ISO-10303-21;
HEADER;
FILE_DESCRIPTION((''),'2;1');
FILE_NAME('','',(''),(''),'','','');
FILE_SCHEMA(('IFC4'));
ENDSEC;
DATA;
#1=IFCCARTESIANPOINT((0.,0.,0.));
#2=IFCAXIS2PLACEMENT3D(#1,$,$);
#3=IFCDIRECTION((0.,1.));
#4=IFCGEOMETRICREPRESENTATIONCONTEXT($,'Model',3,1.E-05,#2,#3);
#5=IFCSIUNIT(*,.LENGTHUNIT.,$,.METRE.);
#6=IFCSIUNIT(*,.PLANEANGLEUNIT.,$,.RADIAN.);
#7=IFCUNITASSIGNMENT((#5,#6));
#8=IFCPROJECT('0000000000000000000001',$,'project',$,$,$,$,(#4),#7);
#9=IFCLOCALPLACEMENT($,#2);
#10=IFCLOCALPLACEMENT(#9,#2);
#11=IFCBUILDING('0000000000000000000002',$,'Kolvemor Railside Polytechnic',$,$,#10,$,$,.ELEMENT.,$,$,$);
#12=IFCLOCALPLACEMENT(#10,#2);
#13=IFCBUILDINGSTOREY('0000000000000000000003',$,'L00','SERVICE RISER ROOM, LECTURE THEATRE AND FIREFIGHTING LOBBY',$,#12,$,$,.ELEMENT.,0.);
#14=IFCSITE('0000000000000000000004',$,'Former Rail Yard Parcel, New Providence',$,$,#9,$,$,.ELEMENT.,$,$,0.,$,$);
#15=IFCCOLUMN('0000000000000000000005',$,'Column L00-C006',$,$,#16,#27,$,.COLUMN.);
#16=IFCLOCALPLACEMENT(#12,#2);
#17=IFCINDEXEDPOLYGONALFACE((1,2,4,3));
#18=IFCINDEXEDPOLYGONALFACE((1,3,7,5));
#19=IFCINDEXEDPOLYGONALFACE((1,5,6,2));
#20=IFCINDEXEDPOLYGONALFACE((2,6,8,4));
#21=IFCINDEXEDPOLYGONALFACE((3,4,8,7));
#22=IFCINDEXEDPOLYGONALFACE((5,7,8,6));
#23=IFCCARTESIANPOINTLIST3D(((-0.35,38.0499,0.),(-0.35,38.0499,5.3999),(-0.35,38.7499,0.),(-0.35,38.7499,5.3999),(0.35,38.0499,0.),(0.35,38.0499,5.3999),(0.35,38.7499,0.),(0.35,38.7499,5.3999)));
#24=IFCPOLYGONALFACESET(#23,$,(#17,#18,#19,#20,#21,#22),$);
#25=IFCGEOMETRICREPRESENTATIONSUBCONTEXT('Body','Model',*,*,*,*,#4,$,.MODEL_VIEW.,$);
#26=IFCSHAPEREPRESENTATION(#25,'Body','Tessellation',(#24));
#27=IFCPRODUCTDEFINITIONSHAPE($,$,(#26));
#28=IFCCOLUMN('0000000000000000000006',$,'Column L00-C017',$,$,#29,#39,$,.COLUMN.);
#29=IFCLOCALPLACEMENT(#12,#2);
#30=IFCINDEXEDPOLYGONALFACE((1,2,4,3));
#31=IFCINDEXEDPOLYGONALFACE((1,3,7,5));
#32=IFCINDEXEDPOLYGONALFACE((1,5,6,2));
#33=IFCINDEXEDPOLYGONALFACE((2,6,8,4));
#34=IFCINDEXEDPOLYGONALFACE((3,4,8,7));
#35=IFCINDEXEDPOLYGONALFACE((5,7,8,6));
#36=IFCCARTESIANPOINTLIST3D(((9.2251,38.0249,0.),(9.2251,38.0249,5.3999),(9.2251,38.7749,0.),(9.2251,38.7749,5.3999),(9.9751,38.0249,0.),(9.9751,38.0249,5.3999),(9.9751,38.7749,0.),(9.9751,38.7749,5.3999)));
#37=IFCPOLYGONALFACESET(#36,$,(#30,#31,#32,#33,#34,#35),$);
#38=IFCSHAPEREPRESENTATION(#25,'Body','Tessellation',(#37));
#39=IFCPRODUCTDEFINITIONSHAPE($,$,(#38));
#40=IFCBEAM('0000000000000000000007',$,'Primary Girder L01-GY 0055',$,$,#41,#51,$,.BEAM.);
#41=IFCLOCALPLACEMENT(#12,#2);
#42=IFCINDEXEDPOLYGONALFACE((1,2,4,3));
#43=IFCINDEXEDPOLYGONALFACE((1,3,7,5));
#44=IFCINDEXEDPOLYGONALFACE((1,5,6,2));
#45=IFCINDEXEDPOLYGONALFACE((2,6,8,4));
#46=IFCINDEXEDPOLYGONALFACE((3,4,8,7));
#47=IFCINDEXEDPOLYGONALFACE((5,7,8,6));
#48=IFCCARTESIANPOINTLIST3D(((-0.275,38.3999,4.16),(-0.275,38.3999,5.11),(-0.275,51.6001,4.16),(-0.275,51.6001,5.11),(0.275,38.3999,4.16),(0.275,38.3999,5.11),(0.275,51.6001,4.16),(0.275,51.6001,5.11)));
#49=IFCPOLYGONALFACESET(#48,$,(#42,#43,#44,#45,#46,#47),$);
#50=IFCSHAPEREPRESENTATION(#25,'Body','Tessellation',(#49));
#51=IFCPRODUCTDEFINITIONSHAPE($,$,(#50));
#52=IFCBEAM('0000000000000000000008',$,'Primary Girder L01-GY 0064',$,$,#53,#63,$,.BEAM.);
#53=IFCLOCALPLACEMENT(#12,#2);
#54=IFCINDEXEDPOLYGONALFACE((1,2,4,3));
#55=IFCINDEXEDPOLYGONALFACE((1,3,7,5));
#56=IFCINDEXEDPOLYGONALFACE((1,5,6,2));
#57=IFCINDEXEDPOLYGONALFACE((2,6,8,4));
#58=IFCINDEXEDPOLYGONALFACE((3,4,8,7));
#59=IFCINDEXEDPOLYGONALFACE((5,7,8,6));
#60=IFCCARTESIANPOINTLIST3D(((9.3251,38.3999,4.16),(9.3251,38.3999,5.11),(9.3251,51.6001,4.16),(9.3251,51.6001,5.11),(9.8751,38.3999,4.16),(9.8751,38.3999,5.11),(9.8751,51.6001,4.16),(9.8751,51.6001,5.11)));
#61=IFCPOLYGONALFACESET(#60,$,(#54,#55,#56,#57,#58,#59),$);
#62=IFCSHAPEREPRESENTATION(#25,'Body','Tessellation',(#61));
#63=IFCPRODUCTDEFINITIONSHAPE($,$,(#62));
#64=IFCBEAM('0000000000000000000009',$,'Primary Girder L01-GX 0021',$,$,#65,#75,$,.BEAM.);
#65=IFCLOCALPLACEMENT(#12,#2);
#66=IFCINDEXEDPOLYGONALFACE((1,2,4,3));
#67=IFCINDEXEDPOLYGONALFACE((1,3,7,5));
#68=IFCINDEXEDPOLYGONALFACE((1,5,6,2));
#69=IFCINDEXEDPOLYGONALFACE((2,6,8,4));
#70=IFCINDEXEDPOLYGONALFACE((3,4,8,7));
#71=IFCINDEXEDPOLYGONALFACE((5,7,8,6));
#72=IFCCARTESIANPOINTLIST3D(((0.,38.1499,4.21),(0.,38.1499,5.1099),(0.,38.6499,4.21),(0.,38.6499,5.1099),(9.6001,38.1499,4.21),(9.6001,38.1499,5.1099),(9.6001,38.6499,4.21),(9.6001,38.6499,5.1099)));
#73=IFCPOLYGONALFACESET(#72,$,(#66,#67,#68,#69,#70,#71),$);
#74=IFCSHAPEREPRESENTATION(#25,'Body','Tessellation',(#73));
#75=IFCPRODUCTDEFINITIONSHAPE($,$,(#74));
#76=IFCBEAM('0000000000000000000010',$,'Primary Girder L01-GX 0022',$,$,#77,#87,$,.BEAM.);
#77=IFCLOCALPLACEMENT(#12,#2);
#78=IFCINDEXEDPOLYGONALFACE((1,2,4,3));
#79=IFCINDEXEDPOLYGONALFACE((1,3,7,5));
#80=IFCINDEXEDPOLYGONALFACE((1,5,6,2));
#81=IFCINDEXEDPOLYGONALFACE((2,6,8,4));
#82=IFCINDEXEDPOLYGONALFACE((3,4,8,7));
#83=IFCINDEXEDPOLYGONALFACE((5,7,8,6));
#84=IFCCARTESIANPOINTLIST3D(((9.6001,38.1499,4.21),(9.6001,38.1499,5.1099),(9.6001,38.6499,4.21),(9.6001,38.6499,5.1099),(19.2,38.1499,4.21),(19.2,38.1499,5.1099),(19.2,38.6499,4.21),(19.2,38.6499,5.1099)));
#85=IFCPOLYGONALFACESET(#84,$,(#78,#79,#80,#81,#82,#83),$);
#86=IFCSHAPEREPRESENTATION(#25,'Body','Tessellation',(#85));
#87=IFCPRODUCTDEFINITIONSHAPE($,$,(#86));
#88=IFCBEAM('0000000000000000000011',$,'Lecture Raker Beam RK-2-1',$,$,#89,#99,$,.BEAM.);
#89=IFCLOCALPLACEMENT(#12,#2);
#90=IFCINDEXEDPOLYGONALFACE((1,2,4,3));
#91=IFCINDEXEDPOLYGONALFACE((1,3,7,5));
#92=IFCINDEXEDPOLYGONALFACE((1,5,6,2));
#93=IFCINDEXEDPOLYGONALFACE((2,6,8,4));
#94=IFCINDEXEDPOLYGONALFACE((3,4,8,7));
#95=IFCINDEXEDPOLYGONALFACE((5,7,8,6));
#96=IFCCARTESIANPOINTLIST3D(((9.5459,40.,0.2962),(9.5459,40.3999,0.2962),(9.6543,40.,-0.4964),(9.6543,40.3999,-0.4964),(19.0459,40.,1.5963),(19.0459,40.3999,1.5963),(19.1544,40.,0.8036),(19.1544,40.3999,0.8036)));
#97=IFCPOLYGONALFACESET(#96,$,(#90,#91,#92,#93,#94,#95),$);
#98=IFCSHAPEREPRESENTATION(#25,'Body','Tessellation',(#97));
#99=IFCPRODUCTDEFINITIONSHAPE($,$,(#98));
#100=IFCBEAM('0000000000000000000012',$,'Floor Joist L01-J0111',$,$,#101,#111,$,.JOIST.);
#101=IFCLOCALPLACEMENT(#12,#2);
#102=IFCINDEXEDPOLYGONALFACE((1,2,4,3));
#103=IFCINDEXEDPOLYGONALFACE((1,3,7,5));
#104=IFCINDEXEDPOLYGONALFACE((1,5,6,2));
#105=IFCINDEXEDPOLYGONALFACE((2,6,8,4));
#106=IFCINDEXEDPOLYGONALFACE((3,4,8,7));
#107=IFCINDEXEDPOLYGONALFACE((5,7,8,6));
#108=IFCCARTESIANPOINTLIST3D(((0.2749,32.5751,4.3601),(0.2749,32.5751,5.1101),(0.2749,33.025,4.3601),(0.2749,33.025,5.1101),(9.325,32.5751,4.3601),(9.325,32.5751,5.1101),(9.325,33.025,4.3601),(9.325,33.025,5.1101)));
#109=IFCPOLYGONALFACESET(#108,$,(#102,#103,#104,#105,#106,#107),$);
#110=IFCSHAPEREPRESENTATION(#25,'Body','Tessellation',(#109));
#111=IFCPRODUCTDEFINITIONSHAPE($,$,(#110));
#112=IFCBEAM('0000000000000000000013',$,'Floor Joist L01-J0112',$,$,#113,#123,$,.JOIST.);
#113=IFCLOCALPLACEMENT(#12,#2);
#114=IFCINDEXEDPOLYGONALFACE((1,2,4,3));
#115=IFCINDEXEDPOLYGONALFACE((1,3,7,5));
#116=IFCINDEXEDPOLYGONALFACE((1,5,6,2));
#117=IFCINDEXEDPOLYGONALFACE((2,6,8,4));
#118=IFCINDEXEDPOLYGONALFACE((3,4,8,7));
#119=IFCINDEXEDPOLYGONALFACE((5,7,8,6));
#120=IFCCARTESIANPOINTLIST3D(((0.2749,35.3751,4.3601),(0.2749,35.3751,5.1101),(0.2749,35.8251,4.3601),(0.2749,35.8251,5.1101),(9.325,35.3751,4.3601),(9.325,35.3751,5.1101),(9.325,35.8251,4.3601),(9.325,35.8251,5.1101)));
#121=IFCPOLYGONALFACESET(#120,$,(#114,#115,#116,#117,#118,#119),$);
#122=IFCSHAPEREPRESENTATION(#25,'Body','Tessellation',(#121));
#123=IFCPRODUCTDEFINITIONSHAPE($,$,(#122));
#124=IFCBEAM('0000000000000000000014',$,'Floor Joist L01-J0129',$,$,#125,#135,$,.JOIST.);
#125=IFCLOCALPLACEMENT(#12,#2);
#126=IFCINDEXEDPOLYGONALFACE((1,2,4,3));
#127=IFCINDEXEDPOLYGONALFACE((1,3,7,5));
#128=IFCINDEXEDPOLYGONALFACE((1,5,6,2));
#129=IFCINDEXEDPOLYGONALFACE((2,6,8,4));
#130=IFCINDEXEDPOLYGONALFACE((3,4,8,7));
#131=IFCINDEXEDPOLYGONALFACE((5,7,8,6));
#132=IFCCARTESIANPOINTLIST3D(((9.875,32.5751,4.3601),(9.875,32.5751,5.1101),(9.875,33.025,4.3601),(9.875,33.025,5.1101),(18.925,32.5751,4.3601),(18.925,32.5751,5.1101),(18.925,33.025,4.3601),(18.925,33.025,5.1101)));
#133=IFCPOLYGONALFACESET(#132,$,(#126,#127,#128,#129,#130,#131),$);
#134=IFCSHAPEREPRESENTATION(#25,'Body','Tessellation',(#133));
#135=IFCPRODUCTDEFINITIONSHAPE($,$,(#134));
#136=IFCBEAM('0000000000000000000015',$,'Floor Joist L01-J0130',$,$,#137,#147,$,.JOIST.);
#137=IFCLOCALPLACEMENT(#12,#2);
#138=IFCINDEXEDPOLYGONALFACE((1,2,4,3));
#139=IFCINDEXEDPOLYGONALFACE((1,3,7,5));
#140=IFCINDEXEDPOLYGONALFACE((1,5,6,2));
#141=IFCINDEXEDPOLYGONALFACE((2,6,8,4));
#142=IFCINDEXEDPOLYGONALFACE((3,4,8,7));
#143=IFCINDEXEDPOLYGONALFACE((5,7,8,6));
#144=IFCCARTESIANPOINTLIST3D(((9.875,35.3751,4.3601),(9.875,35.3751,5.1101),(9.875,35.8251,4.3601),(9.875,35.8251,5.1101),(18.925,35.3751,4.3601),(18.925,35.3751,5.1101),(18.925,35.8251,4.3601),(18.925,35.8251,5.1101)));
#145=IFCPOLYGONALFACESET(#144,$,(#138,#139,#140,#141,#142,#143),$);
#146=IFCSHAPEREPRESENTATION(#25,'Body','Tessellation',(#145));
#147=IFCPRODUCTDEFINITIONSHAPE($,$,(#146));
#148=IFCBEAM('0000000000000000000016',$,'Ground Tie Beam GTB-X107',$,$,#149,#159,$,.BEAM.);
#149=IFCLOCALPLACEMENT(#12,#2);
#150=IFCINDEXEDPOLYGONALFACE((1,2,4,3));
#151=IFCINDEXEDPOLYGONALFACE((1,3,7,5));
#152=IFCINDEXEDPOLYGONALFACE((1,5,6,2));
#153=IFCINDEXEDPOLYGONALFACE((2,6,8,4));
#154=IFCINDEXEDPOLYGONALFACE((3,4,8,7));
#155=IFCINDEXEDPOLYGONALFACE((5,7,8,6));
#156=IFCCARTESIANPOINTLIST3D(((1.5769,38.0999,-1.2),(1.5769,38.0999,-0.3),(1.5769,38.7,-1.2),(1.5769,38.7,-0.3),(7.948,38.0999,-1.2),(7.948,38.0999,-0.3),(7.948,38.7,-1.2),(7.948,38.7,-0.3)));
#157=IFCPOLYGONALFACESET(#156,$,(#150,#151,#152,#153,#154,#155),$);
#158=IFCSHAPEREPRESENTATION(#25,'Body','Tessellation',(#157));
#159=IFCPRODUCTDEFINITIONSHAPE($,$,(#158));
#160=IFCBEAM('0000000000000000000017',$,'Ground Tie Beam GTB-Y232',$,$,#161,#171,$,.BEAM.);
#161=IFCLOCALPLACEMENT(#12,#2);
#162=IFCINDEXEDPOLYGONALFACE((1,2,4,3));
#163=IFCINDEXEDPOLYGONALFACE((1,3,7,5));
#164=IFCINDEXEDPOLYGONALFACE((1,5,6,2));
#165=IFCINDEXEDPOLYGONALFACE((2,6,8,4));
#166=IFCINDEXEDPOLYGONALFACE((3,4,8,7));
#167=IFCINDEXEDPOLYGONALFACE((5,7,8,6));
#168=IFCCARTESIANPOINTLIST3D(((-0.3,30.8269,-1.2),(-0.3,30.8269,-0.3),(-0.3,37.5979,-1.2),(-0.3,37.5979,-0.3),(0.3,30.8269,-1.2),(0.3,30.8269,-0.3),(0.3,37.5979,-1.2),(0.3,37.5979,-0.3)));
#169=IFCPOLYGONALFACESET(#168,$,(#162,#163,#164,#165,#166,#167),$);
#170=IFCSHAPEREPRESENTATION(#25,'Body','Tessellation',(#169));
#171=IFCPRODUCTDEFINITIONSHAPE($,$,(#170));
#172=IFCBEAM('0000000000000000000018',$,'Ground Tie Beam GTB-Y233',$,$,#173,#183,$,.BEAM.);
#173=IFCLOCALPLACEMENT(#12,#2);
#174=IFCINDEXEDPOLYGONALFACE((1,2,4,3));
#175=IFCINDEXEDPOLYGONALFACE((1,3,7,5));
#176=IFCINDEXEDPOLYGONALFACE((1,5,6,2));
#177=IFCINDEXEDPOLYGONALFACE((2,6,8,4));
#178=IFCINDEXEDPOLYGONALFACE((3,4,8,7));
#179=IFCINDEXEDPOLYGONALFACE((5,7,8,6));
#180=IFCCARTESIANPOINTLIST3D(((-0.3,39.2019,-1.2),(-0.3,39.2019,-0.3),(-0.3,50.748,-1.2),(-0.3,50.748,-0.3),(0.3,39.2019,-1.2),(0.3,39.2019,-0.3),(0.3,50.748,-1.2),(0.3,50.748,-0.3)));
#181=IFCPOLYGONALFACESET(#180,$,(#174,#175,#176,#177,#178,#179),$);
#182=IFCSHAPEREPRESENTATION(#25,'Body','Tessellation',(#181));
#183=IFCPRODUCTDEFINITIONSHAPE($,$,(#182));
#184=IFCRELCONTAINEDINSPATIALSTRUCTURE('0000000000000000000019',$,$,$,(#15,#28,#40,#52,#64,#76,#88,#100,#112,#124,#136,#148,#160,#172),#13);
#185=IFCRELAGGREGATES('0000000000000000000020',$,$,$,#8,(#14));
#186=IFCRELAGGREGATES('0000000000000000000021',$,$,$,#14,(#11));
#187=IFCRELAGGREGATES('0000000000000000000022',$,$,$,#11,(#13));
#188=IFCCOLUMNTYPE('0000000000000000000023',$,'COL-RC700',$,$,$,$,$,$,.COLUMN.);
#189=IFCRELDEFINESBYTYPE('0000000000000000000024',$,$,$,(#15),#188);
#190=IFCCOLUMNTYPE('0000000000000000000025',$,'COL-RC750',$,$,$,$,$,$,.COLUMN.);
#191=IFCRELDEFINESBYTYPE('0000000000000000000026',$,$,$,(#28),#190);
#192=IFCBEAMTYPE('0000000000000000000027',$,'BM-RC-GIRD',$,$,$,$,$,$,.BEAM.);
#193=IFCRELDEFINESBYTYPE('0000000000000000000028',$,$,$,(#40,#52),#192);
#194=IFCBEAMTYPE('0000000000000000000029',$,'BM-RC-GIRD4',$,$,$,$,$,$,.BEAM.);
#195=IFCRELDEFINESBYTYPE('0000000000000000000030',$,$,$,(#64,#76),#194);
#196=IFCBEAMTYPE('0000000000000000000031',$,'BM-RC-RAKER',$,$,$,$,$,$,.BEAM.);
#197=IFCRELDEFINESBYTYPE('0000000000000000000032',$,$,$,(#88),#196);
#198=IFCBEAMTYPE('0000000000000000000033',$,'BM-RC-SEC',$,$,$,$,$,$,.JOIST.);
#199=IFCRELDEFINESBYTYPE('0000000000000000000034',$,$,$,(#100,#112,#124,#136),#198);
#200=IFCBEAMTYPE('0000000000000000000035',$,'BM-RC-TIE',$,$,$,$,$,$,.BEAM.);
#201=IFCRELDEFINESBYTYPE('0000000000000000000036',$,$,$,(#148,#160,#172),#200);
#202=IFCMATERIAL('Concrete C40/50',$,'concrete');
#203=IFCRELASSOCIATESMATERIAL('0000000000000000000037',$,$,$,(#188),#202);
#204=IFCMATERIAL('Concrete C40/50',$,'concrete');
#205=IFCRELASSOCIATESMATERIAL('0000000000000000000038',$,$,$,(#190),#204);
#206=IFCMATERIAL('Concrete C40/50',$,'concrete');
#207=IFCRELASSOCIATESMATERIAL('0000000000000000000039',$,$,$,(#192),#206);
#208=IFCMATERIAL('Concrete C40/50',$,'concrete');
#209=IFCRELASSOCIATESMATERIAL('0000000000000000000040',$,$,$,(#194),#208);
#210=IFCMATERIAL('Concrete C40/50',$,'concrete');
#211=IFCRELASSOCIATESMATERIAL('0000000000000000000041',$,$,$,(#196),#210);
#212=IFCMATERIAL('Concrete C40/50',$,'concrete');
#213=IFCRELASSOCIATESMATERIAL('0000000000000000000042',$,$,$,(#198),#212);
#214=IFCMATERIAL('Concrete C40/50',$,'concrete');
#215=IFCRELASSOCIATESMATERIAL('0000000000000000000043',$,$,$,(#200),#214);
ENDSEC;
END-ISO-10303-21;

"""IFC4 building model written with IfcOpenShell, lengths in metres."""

from ifc_helpers import new_model, si_unit, direction, frame, origin, origin_2d, place, context, subcontext, project, spatial, rectangle, extrude, material, material_profile, profile_set, type_object, element, save


model = new_model("IFC4")

# Units and contexts
model_context = context("Model", 3, precision=1e-05, world=origin(), true_north=direction((0.0, 1.0)))
body_context = subcontext(model_context, "Body", "Model", "MODEL_VIEW")
ifc_project = project(units=[si_unit("LENGTHUNIT", "METRE"), si_unit("PLANEANGLEUNIT", "RADIAN")], contexts=[model_context])

# Site, building, storey
site_placement = place(None, origin())
site = spatial("IfcSite", under=ifc_project, at=site_placement, Name="Former Rail Yard Parcel, New Providence", CompositionType="ELEMENT", RefElevation=0.0)
building_placement = place(site_placement, origin())
building = spatial("IfcBuilding", under=site, at=building_placement, Name="Kolvemor Railside Polytechnic", CompositionType="ELEMENT")
storey_placement = place(building_placement, origin())
storey = spatial("IfcBuildingStorey", under=building, at=storey_placement, Name="L00", Description="SERVICE RISER ROOM, LECTURE THEATRE AND FIREFIGHTING LOBBY", CompositionType="ELEMENT", Elevation=0.0)

# Columns
ifc_material_1 = material(Name="Concrete C40/50", Category="concrete")
ifc_material_profile_1 = material_profile(ifc_material_1, rectangle(XDim=0.7, YDim=0.7, at=origin_2d()), Name="RC700x700")
ifc_profile_set_1 = profile_set([ifc_material_profile_1], Name="Concrete C40/50")
column_type_1 = type_object("IfcColumnType", Name="COL-RC700", PredefinedType="COLUMN", material=ifc_profile_set_1)
column_1_placement = place(storey_placement, frame((0.0, 38.3999, 0.0), z_axis=(0.0, 0.0, 1.0), x_axis=(1.0, 0.0, 0.0)))
element("IfcColumn", 1, at=column_1_placement, inside=storey, type_object=column_type_1, Name="Column L00-C006", PredefinedType="COLUMN", context=body_context, shape_type="SweptSolid", body=[
    extrude(rectangle(XDim=0.7, YDim=0.7, at=origin_2d()), origin(), (0.0, 0.0, 1.0), 5.3999),
])
ifc_material_2 = material(Name="Concrete C40/50", Category="concrete")
ifc_material_profile_2 = material_profile(ifc_material_2, rectangle(XDim=0.75, YDim=0.75, at=origin_2d()), Name="RC750x750")
ifc_profile_set_2 = profile_set([ifc_material_profile_2], Name="Concrete C40/50")
column_type_2 = type_object("IfcColumnType", Name="COL-RC750", PredefinedType="COLUMN", material=ifc_profile_set_2)
column_2_placement = place(storey_placement, frame((9.6001, 38.3999, 0.0), z_axis=(0.0, 0.0, 1.0), x_axis=(1.0, 0.0, 0.0)))
element("IfcColumn", 2, at=column_2_placement, inside=storey, type_object=column_type_2, Name="Column L00-C017", PredefinedType="COLUMN", context=body_context, shape_type="SweptSolid", body=[
    extrude(rectangle(XDim=0.75, YDim=0.75, at=origin_2d()), origin(), (0.0, 0.0, 1.0), 5.3999),
])

# Beams
ifc_material_3 = material(Name="Concrete C40/50", Category="concrete")
ifc_material_profile_3 = material_profile(ifc_material_3, rectangle(XDim=0.55, YDim=0.95, at=origin_2d()), Name="RC550x950")
ifc_profile_set_3 = profile_set([ifc_material_profile_3], Name="Concrete C40/50")
beam_type_1 = type_object("IfcBeamType", Name="BM-RC-GIRD", PredefinedType="BEAM", material=ifc_profile_set_3)
for number, where, z_axis, x_axis, name in (
    (3, (0.0, 38.3999, 4.635), (0.0, 1.0, 0.0), (-1.0, 0.0, 0.0), "Primary Girder L01-GY 0055"),
    (4, (9.6001, 38.3999, 4.635), (0.0, 1.0, 0.0), (-1.0, 0.0, 0.0), "Primary Girder L01-GY 0064"),
):
    element("IfcBeam", number, at=place(storey_placement, frame(where, z_axis=z_axis, x_axis=x_axis)), inside=storey, type_object=beam_type_1, Name=name, PredefinedType="BEAM", context=body_context, shape_type="SweptSolid", body=[
        extrude(rectangle(XDim=0.55, YDim=0.95, at=origin_2d()), origin(), (0.0, 0.0, 1.0), 13.2002),
    ])
ifc_material_4 = material(Name="Concrete C40/50", Category="concrete")
ifc_material_profile_4 = material_profile(ifc_material_4, rectangle(XDim=0.5, YDim=0.8999, at=origin_2d()), Name="RC500x900")
ifc_profile_set_4 = profile_set([ifc_material_profile_4], Name="Concrete C40/50")
beam_type_2 = type_object("IfcBeamType", Name="BM-RC-GIRD4", PredefinedType="BEAM", material=ifc_profile_set_4)
beam_1_placement = place(storey_placement, frame((0.0, 38.3999, 4.6599), z_axis=(1.0, 0.0, 0.0), x_axis=(0.0, 1.0, 0.0)))
element("IfcBeam", 5, at=beam_1_placement, inside=storey, type_object=beam_type_2, Name="Primary Girder L01-GX 0021", PredefinedType="BEAM", context=body_context, shape_type="SweptSolid", body=[
    extrude(rectangle(XDim=0.5, YDim=0.8999, at=origin_2d()), origin(), (0.0, 0.0, 1.0), 9.6001),
])
beam_2_placement = place(storey_placement, frame((9.6001, 38.3999, 4.6599), z_axis=(1.0, 0.0, 0.0), x_axis=(0.0, 1.0, 0.0)))
element("IfcBeam", 6, at=beam_2_placement, inside=storey, type_object=beam_type_2, Name="Primary Girder L01-GX 0022", PredefinedType="BEAM", context=body_context, shape_type="SweptSolid", body=[
    extrude(rectangle(XDim=0.5, YDim=0.8999, at=origin_2d()), origin(), (0.0, 0.0, 1.0), 9.5999),
])
ifc_material_5 = material(Name="Concrete C40/50", Category="concrete")
ifc_material_profile_5 = material_profile(ifc_material_5, rectangle(XDim=0.3999, YDim=0.8, at=origin_2d()), Name="RC400x800")
ifc_profile_set_5 = profile_set([ifc_material_profile_5], Name="Concrete C40/50")
beam_type_3 = type_object("IfcBeamType", Name="BM-RC-RAKER", PredefinedType="BEAM", material=ifc_profile_set_5)
beam_3_placement = place(storey_placement, frame((9.6001, 40.2, -0.1001), z_axis=(0.990766, 0.0, 0.135584), x_axis=(0.0, 1.0, 0.0)))
element("IfcBeam", 7, at=beam_3_placement, inside=storey, type_object=beam_type_3, Name="Lecture Raker Beam RK-2-1", PredefinedType="BEAM", context=body_context, shape_type="SweptSolid", body=[
    extrude(rectangle(XDim=0.3999, YDim=0.8, at=origin_2d()), origin(), (0.0, 0.0, 1.0), 9.5886),
])
ifc_material_6 = material(Name="Concrete C40/50", Category="concrete")
ifc_material_profile_6 = material_profile(ifc_material_6, rectangle(XDim=0.45, YDim=0.75, at=origin_2d()), Name="RC450x750")
ifc_profile_set_6 = profile_set([ifc_material_profile_6], Name="Concrete C40/50")
beam_type_4 = type_object("IfcBeamType", Name="BM-RC-SEC", PredefinedType="JOIST", material=ifc_profile_set_6)
for number, where, z_axis, x_axis, name in (
    (8, (0.2749, 32.8, 4.7351), (1.0, 0.0, 0.0), (0.0, 1.0, 0.0), "Floor Joist L01-J0111"),
    (9, (0.2749, 35.6001, 4.7351), (1.0, 0.0, 0.0), (0.0, 1.0, 0.0), "Floor Joist L01-J0112"),
    (10, (9.875, 32.8, 4.7351), (1.0, 0.0, 0.0), (0.0, 1.0, 0.0), "Floor Joist L01-J0129"),
    (11, (9.875, 35.6001, 4.7351), (1.0, 0.0, 0.0), (0.0, 1.0, 0.0), "Floor Joist L01-J0130"),
):
    element("IfcBeam", number, at=place(storey_placement, frame(where, z_axis=z_axis, x_axis=x_axis)), inside=storey, type_object=beam_type_4, Name=name, PredefinedType="JOIST", context=body_context, shape_type="SweptSolid", body=[
        extrude(rectangle(XDim=0.45, YDim=0.75, at=origin_2d()), origin(), (0.0, 0.0, 1.0), 9.05),
    ])
ifc_material_7 = material(Name="Concrete C40/50", Category="concrete")
ifc_material_profile_7 = material_profile(ifc_material_7, rectangle(XDim=0.6001, YDim=0.8999, at=origin_2d()), Name="RC600x900")
ifc_profile_set_7 = profile_set([ifc_material_profile_7], Name="Concrete C40/50")
beam_type_5 = type_object("IfcBeamType", Name="BM-RC-TIE", PredefinedType="BEAM", material=ifc_profile_set_7)
beam_4_placement = place(storey_placement, frame((1.5769, 38.3999, -0.75), z_axis=(1.0, 0.0, 0.0), x_axis=(0.0, 1.0, 0.0)))
element("IfcBeam", 12, at=beam_4_placement, inside=storey, type_object=beam_type_5, Name="Ground Tie Beam GTB-X107", PredefinedType="BEAM", context=body_context, shape_type="SweptSolid", body=[
    extrude(rectangle(XDim=0.6001, YDim=0.8999, at=origin_2d()), origin(), (0.0, 0.0, 1.0), 6.3711),
])
beam_5_placement = place(storey_placement, frame((0.0, 30.8269, -0.75), z_axis=(0.0, 1.0, 0.0), x_axis=(-1.0, 0.0, 0.0)))
element("IfcBeam", 13, at=beam_5_placement, inside=storey, type_object=beam_type_5, Name="Ground Tie Beam GTB-Y232", PredefinedType="BEAM", context=body_context, shape_type="SweptSolid", body=[
    extrude(rectangle(XDim=0.6001, YDim=0.8999, at=origin_2d()), origin(), (0.0, 0.0, 1.0), 6.771),
])
beam_6_placement = place(storey_placement, frame((0.0, 39.2019, -0.75), z_axis=(0.0, 1.0, 0.0), x_axis=(-1.0, 0.0, 0.0)))
element("IfcBeam", 14, at=beam_6_placement, inside=storey, type_object=beam_type_5, Name="Ground Tie Beam GTB-Y233", PredefinedType="BEAM", context=body_context, shape_type="SweptSolid", body=[
    extrude(rectangle(XDim=0.6001, YDim=0.8999, at=origin_2d()), origin(), (0.0, 0.0, 1.0), 11.5461),
])

save(model, "model.ifc")
